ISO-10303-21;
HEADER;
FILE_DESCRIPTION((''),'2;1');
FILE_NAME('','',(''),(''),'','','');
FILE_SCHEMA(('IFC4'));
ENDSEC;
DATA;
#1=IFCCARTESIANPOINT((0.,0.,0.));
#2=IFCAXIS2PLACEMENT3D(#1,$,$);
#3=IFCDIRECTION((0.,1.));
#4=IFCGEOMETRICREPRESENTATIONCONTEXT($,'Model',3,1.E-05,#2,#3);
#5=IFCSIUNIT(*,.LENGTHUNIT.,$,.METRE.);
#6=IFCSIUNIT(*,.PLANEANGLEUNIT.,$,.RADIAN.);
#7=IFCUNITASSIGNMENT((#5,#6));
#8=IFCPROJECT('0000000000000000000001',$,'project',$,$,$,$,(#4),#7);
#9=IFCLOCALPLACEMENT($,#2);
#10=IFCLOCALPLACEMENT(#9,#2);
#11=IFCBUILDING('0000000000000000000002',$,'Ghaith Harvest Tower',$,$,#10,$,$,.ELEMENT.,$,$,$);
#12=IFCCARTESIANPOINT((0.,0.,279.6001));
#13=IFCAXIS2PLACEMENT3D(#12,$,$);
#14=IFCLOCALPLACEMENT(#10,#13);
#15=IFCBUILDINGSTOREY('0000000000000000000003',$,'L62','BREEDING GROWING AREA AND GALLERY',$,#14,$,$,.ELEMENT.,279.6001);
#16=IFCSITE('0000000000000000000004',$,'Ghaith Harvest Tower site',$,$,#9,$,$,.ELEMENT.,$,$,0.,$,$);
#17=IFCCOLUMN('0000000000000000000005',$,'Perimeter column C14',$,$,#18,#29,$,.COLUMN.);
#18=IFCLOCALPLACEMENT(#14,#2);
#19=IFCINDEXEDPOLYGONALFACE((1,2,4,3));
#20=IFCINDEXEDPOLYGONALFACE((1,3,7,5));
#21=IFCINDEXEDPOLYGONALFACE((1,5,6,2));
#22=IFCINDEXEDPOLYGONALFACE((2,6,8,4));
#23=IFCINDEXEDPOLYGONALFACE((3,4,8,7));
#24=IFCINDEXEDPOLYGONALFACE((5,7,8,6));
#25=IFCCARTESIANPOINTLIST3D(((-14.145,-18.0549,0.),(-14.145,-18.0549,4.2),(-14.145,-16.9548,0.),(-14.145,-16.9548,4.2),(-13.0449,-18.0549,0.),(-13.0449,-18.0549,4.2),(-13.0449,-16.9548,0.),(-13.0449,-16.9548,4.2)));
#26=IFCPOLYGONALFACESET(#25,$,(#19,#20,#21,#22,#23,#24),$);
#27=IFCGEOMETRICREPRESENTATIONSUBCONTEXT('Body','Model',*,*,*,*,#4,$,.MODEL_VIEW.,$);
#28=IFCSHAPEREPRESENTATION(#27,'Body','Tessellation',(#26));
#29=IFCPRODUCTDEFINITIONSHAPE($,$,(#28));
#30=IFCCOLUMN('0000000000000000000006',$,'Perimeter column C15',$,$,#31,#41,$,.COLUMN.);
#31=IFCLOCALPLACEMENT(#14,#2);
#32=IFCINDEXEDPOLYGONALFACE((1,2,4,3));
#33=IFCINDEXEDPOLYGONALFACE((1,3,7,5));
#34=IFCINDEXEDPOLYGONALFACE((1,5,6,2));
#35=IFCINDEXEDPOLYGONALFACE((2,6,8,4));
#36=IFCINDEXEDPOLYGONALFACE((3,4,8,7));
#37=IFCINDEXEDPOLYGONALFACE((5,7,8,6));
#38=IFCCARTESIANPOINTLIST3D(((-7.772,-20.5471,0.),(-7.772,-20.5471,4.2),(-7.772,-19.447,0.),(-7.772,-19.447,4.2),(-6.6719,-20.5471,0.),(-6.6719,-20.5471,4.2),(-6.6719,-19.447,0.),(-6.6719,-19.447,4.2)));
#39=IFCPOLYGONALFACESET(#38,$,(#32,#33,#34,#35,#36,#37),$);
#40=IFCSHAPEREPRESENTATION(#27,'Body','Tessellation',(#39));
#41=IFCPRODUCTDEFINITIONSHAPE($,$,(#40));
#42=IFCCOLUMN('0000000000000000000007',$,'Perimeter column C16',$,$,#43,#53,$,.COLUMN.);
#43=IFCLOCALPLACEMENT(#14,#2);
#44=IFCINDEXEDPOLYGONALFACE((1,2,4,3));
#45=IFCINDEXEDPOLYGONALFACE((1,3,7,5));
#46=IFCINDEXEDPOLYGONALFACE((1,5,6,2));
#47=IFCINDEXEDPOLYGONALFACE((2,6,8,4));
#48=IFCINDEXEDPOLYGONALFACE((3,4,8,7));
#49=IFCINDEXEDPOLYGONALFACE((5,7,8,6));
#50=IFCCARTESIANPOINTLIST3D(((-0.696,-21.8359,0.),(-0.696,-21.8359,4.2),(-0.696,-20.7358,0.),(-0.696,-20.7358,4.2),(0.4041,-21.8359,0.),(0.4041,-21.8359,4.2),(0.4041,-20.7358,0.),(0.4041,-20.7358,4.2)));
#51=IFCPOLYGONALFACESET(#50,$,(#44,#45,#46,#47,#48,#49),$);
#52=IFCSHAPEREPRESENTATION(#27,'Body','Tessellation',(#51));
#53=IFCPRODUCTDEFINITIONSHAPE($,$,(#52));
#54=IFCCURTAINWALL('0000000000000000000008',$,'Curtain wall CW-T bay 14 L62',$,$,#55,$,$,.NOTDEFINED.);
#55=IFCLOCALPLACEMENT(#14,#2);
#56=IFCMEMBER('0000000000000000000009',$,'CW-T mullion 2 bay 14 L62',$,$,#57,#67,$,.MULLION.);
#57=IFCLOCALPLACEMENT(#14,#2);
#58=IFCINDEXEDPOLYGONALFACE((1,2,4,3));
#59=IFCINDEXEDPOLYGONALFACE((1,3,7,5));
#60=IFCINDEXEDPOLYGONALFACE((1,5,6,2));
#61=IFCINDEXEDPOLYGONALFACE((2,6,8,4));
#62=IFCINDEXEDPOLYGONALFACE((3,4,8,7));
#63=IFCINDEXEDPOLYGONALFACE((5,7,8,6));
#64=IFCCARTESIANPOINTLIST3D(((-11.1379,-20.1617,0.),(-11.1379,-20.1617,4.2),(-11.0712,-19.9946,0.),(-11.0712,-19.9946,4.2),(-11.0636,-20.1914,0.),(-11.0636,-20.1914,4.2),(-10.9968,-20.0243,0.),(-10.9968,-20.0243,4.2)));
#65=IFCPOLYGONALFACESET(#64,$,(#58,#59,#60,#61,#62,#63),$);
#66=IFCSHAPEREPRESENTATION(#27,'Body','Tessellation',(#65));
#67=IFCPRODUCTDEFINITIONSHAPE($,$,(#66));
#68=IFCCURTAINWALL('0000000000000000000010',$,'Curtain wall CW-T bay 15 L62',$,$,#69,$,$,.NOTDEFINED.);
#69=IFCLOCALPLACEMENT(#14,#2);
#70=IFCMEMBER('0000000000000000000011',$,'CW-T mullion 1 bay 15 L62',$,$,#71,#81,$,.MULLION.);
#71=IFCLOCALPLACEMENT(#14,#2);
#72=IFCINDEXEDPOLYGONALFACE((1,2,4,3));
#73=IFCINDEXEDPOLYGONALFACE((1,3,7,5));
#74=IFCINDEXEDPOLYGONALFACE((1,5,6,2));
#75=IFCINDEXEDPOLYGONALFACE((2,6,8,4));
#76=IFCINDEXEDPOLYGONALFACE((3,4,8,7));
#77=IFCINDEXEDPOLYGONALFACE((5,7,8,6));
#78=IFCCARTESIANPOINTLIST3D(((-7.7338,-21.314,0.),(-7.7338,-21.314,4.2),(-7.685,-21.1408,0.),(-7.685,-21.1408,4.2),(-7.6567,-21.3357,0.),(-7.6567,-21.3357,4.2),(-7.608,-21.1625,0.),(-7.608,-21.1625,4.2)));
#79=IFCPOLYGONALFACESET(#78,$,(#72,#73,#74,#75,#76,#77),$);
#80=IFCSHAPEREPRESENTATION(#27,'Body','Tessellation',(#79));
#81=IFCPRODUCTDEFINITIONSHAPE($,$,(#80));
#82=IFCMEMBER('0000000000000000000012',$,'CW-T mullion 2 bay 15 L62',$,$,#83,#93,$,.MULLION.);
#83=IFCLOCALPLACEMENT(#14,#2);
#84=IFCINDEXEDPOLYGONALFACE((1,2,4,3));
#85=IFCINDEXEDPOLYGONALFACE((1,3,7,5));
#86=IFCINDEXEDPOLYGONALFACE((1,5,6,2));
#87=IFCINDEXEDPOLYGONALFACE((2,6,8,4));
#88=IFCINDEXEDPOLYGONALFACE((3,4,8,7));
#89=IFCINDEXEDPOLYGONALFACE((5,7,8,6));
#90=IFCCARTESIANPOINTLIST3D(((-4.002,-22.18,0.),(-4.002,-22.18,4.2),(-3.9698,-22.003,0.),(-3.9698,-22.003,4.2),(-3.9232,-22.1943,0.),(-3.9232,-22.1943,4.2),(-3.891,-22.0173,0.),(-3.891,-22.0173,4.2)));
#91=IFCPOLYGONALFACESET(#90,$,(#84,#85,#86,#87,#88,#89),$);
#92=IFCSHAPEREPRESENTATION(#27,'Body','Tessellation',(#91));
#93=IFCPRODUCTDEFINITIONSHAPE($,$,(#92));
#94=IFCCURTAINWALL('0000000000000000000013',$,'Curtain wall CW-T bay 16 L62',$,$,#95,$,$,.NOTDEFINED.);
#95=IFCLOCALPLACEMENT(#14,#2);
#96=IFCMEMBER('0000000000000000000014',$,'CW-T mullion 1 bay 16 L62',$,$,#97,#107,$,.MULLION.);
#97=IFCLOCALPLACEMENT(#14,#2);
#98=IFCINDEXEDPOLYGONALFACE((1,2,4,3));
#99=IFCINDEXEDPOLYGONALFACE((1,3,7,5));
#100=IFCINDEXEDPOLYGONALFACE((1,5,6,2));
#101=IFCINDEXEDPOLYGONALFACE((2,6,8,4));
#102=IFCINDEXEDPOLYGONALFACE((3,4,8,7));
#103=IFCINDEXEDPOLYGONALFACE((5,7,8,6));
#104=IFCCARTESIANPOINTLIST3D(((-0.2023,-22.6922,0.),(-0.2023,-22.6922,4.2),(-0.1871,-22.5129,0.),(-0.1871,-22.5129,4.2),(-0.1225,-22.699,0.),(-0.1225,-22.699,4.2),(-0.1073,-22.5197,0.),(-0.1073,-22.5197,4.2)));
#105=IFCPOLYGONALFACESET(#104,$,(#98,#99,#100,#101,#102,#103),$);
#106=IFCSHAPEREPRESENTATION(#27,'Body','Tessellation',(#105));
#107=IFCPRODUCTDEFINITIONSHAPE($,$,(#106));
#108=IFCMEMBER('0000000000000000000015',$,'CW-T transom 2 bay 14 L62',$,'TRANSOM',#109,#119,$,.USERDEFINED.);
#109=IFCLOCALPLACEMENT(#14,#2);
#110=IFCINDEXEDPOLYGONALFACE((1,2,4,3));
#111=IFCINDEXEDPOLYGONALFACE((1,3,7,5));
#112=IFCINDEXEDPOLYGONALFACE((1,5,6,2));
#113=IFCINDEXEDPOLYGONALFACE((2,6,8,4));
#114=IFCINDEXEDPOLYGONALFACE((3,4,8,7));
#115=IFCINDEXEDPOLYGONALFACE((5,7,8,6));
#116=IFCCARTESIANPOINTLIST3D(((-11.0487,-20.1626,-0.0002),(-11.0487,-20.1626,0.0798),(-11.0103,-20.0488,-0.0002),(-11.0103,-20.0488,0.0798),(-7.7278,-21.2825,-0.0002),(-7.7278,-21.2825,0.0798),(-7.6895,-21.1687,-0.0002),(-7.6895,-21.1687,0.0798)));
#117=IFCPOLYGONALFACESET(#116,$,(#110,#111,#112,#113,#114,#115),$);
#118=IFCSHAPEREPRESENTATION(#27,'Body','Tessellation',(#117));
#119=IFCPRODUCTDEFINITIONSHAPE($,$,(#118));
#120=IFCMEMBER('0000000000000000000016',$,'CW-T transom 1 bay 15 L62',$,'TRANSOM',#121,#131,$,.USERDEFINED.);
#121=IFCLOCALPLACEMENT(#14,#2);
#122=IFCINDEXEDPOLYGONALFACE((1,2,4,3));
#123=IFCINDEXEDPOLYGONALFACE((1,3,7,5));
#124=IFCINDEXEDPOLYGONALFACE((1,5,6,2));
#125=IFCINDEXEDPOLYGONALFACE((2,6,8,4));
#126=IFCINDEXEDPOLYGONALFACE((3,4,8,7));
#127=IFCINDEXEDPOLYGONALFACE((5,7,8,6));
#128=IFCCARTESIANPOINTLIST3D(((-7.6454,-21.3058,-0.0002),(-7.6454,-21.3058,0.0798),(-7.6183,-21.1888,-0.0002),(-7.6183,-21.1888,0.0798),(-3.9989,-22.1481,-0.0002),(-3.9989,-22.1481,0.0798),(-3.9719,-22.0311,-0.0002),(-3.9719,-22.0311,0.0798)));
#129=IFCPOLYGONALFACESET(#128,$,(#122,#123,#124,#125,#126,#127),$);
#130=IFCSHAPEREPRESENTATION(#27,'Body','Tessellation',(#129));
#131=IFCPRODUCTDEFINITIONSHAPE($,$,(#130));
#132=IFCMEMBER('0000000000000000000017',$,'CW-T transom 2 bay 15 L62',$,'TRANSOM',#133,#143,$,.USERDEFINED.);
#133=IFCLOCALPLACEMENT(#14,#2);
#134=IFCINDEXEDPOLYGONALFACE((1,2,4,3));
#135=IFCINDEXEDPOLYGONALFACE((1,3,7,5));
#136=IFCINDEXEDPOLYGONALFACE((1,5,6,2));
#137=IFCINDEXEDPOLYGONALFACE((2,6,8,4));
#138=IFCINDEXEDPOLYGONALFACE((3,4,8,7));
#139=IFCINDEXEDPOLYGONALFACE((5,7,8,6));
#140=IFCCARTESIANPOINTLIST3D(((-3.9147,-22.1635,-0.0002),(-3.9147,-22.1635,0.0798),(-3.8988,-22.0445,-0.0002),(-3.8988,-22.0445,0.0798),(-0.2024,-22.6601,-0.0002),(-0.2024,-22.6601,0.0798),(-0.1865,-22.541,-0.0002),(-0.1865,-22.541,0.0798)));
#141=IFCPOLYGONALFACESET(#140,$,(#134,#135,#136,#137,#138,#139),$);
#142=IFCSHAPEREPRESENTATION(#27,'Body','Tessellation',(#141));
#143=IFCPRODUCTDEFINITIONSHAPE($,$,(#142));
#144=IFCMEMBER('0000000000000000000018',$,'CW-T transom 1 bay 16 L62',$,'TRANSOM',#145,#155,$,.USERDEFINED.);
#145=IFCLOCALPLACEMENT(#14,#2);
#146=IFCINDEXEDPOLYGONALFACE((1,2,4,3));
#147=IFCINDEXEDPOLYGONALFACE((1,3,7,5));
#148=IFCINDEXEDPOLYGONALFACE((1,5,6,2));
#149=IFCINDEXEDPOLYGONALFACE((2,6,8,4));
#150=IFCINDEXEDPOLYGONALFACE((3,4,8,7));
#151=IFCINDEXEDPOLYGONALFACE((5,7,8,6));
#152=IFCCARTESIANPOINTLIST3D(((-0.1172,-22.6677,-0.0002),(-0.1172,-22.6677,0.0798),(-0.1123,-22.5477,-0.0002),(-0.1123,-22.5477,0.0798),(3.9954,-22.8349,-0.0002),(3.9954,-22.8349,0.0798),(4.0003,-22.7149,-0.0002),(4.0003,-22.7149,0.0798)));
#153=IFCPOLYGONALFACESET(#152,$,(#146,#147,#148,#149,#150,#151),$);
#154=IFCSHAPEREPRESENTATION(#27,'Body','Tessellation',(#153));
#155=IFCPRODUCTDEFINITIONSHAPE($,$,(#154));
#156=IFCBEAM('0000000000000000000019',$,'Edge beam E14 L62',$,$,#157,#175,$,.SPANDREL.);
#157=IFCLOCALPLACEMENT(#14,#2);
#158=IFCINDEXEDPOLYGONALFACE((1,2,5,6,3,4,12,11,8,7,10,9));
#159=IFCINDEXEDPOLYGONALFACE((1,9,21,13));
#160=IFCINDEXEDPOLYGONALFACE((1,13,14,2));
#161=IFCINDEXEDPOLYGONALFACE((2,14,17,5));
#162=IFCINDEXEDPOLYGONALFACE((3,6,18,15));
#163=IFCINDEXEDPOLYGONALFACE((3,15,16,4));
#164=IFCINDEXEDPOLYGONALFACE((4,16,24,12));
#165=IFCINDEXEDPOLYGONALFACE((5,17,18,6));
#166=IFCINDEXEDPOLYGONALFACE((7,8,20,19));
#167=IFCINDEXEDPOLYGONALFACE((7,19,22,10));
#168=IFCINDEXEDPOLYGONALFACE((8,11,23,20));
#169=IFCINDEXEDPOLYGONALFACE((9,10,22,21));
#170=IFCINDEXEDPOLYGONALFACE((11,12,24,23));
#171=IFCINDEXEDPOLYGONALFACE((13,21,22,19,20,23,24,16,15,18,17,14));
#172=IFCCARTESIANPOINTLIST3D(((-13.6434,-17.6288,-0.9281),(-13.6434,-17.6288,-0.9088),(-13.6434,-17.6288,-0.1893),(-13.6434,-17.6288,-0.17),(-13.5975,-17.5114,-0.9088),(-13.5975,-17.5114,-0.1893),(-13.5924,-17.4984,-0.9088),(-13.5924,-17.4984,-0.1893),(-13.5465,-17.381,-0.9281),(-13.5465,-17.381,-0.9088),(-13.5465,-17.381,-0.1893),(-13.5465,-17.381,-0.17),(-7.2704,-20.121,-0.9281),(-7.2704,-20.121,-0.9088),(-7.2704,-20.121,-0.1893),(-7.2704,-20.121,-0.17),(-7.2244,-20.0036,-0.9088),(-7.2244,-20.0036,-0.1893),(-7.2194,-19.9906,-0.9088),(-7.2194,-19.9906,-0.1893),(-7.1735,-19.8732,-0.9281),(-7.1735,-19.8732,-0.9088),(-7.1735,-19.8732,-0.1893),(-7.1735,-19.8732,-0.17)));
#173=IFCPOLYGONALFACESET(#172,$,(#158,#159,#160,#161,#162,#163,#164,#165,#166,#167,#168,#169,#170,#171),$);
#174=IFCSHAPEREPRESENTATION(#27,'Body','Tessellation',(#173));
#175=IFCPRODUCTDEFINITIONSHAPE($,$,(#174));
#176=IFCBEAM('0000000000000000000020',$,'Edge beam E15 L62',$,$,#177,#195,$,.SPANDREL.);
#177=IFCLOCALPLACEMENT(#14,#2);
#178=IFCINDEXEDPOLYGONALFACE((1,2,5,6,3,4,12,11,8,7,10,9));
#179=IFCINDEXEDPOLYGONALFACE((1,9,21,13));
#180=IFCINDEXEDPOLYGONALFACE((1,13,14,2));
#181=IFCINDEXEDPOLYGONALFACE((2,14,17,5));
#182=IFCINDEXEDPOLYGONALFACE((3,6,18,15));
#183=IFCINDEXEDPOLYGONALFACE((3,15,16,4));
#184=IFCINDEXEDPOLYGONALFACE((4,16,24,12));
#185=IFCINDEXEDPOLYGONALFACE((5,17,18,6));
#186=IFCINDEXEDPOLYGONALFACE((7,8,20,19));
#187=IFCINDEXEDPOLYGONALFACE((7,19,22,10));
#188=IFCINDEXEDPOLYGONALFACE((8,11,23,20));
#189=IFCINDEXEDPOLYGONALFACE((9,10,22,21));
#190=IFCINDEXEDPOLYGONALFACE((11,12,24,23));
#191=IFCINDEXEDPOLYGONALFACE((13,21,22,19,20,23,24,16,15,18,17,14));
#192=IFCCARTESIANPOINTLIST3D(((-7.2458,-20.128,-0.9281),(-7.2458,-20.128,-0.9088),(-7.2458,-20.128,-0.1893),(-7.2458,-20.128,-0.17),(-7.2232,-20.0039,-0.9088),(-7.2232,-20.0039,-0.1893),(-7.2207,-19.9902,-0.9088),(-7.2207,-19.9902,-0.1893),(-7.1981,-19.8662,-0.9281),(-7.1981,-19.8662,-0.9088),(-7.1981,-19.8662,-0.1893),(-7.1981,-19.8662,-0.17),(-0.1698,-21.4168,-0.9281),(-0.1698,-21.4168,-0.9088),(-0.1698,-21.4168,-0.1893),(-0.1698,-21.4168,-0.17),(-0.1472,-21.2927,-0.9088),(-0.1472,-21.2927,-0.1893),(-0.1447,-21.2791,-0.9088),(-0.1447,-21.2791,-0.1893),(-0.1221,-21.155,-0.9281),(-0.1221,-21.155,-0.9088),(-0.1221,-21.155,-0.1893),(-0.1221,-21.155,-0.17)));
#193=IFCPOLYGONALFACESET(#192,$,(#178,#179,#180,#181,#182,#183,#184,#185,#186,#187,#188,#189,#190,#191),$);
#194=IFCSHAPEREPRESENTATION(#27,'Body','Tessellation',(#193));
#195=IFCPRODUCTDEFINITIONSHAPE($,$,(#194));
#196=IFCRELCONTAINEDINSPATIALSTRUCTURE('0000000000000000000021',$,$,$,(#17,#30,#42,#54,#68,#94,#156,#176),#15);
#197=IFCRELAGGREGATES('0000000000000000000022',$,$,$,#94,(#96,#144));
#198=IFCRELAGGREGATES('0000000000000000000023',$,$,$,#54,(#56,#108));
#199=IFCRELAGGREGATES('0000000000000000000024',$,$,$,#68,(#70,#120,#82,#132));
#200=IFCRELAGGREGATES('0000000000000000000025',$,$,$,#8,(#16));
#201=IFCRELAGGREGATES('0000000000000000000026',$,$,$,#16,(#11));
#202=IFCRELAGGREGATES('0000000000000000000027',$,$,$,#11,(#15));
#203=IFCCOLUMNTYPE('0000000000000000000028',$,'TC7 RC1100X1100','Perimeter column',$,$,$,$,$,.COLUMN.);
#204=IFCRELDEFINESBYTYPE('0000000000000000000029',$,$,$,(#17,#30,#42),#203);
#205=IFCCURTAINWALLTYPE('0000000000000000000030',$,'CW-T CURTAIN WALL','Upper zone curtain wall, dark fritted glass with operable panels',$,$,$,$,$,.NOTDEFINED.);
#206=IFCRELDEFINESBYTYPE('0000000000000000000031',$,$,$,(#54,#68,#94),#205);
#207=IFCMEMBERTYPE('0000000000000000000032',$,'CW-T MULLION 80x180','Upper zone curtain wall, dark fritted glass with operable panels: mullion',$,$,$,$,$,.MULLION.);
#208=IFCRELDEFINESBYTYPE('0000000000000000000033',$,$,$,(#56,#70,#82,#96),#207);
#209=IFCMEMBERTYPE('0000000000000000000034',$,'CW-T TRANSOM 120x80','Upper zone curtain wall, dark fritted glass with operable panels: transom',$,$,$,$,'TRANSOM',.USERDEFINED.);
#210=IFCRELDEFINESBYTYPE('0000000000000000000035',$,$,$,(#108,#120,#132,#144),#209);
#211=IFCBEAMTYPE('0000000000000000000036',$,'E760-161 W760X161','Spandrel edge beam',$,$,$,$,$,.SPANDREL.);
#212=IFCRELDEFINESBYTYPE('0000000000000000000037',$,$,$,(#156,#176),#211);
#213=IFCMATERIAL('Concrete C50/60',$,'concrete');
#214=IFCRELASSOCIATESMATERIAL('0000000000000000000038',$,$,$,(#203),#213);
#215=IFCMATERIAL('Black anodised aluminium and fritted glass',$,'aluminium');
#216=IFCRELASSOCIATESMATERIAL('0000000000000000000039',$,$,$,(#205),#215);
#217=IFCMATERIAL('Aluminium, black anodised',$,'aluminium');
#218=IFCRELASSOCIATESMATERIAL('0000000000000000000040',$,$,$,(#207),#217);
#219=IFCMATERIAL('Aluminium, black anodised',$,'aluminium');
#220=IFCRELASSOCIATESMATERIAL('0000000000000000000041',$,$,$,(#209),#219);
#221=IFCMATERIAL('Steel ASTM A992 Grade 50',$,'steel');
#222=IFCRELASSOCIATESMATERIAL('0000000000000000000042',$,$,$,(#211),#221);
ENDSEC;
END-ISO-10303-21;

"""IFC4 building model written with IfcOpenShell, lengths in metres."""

from ifc_helpers import new_model, si_unit, direction, frame, origin, origin_2d, place, context, subcontext, project, spatial, rectangle, i_section, extrude, material, material_profile, profile_set, type_object, element, aggregate, save


model = new_model("IFC4")

# Units and contexts
model_context = context("Model", 3, precision=1e-05, world=origin(), true_north=direction((0.0, 1.0)))
body_context = subcontext(model_context, "Body", "Model", "MODEL_VIEW")
ifc_project = project(units=[si_unit("LENGTHUNIT", "METRE"), si_unit("PLANEANGLEUNIT", "RADIAN")], contexts=[model_context])

# Site, building, storey
site_placement = place(None, origin())
site = spatial("IfcSite", under=ifc_project, at=site_placement, Name="Ghaith Harvest Tower site", CompositionType="ELEMENT", RefElevation=0.0)
building_placement = place(site_placement, origin())
building = spatial("IfcBuilding", under=site, at=building_placement, Name="Ghaith Harvest Tower", CompositionType="ELEMENT")
storey_placement = place(building_placement, frame((0.0, 0.0, 279.6001)))
storey = spatial("IfcBuildingStorey", under=building, at=storey_placement, Name="L62", Description="BREEDING GROWING AREA AND GALLERY", CompositionType="ELEMENT", Elevation=279.6001)

# Columns
ifc_material_1 = material(Name="Concrete C50/60", Category="concrete")
ifc_material_profile_1 = material_profile(ifc_material_1, rectangle(XDim=1.1001, YDim=1.1001, at=origin_2d()), Name="RC1100X1100")
ifc_profile_set_1 = profile_set([ifc_material_profile_1], Name="Concrete C50/60")
column_type = type_object("IfcColumnType", Name="TC7 RC1100X1100", Description="Perimeter column", PredefinedType="COLUMN", material=ifc_profile_set_1)
for number, where, z_axis, x_axis, name in (
    (1, (-13.595, -17.5049, 0.0), (0.0, 0.0, 1.0), (1.0, 0.0, 0.0), "Perimeter column C14"),
    (2, (-7.2219, -19.9971, 0.0), (0.0, 0.0, 1.0), (1.0, 0.0, 0.0), "Perimeter column C15"),
    (3, (-0.146, -21.2859, 0.0), (0.0, 0.0, 1.0), (1.0, 0.0, 0.0), "Perimeter column C16"),
):
    element("IfcColumn", number, at=place(storey_placement, frame(where, z_axis=z_axis, x_axis=x_axis)), inside=storey, type_object=column_type, Name=name, PredefinedType="COLUMN", context=body_context, shape_type="SweptSolid", body=[
        extrude(rectangle(XDim=1.1001, YDim=1.1001, at=origin_2d()), origin(), (0.0, 0.0, 1.0), 4.2),
    ])

# Curtain wall, member
ifc_material_2 = material(Name="Black anodised aluminium and fritted glass", Category="aluminium")
curtain_wall_type = type_object("IfcCurtainWallType", Name="CW-T CURTAIN WALL", Description="Upper zone curtain wall, dark fritted glass with operable panels", PredefinedType="NOTDEFINED", material=ifc_material_2)
curtain_wall_1_placement = place(storey_placement, origin())
curtain_wall_1 = element("IfcCurtainWall", 4, at=curtain_wall_1_placement, inside=storey, type_object=curtain_wall_type, Name="Curtain wall CW-T bay 14 L62", PredefinedType="NOTDEFINED")
ifc_material_3 = material(Name="Aluminium, black anodised", Category="aluminium")
ifc_material_profile_2 = material_profile(ifc_material_3, rectangle(XDim=0.0801, YDim=0.1799, at=origin_2d()), Name="CW-T MULLION 80x180")
ifc_profile_set_2 = profile_set([ifc_material_profile_2], Name="Aluminium, black anodised")
member_type_1 = type_object("IfcMemberType", Name="CW-T MULLION 80x180", Description="Upper zone curtain wall, dark fritted glass with operable panels: mullion", PredefinedType="MULLION", material=ifc_profile_set_2)
member_1_placement = place(storey_placement, frame((-11.0674, -20.093, 0.0), z_axis=(0.0, 0.0, 1.0), x_axis=(0.928624, -0.371021, 0.0)))
member_1 = element("IfcMember", 5, at=member_1_placement, type_object=member_type_1, Name="CW-T mullion 2 bay 14 L62", PredefinedType="MULLION", context=body_context, shape_type="SweptSolid", body=[
    extrude(rectangle(XDim=0.0801, YDim=0.1799, at=origin_2d()), origin(), (0.0, 0.0, 1.0), 4.2),
])

# Curtain wall, members
curtain_wall_2_placement = place(storey_placement, origin())
curtain_wall_2 = element("IfcCurtainWall", 6, at=curtain_wall_2_placement, inside=storey, type_object=curtain_wall_type, Name="Curtain wall CW-T bay 15 L62", PredefinedType="NOTDEFINED")
member_2_placement = place(storey_placement, frame((-7.6709, -21.2383, 0.0), z_axis=(0.0, 0.0, 1.0), x_axis=(0.962552, -0.271095, 0.0)))
member_2 = element("IfcMember", 7, at=member_2_placement, type_object=member_type_1, Name="CW-T mullion 1 bay 15 L62", PredefinedType="MULLION", context=body_context, shape_type="SweptSolid", body=[
    extrude(rectangle(XDim=0.0801, YDim=0.1799, at=origin_2d()), origin(), (0.0, 0.0, 1.0), 4.2),
])
member_3_placement = place(storey_placement, frame((-3.9465, -22.0986, 0.0), z_axis=(0.0, 0.0, 1.0), x_axis=(0.983843, -0.179031, 0.0)))
member_3 = element("IfcMember", 8, at=member_3_placement, type_object=member_type_1, Name="CW-T mullion 2 bay 15 L62", PredefinedType="MULLION", context=body_context, shape_type="SweptSolid", body=[
    extrude(rectangle(XDim=0.0801, YDim=0.1799, at=origin_2d()), origin(), (0.0, 0.0, 1.0), 4.2),
])

# Curtain wall, member
curtain_wall_3_placement = place(storey_placement, origin())
curtain_wall_3 = element("IfcCurtainWall", 9, at=curtain_wall_3_placement, inside=storey, type_object=curtain_wall_type, Name="Curtain wall CW-T bay 16 L62", PredefinedType="NOTDEFINED")
member_4_placement = place(storey_placement, frame((-0.1548, -22.606, 0.0), z_axis=(0.0, 0.0, 1.0), x_axis=(0.996415, -0.084602, 0.0)))
member_4 = element("IfcMember", 10, at=member_4_placement, type_object=member_type_1, Name="CW-T mullion 1 bay 16 L62", PredefinedType="MULLION", context=body_context, shape_type="SweptSolid", body=[
    extrude(rectangle(XDim=0.0801, YDim=0.1799, at=origin_2d()), origin(), (0.0, 0.0, 1.0), 4.2),
])

# Members
ifc_material_4 = material(Name="Aluminium, black anodised", Category="aluminium")
ifc_material_profile_3 = material_profile(ifc_material_4, rectangle(XDim=0.1201, YDim=0.0801, at=origin_2d()), Name="CW-T TRANSOM 120x80")
ifc_profile_set_3 = profile_set([ifc_material_profile_3], Name="Aluminium, black anodised")
member_type_2 = type_object("IfcMemberType", Name="CW-T TRANSOM 120x80", Description="Upper zone curtain wall, dark fritted glass with operable panels: transom", ElementType="TRANSOM", PredefinedType="USERDEFINED", material=ifc_profile_set_3)
member_5_placement = place(storey_placement, frame((-11.0295, -20.1057, 0.0398), z_axis=(0.94757, -0.319549, 0.0), x_axis=(0.319549, 0.94757, 0.0)))
member_5 = element("IfcMember", 11, at=member_5_placement, type_object=member_type_2, Name="CW-T transom 2 bay 14 L62", ObjectType="TRANSOM", PredefinedType="USERDEFINED", context=body_context, shape_type="SweptSolid", body=[
    extrude(rectangle(XDim=0.1201, YDim=0.0801, at=origin_2d()), origin(), (0.0, 0.0, 1.0), 3.5046),
])
member_6_placement = place(storey_placement, frame((-7.6318, -21.2473, 0.0398), z_axis=(0.974345, -0.22506, 0.0), x_axis=(0.22506, 0.974345, 0.0)))
member_6 = element("IfcMember", 12, at=member_6_placement, type_object=member_type_2, Name="CW-T transom 1 bay 15 L62", ObjectType="TRANSOM", PredefinedType="USERDEFINED", context=body_context, shape_type="SweptSolid", body=[
    extrude(rectangle(XDim=0.1201, YDim=0.0801, at=origin_2d()), origin(), (0.0, 0.0, 1.0), 3.7424),
])
member_7_placement = place(storey_placement, frame((-3.9067, -22.104, 0.0398), z_axis=(0.991172, -0.132582, 0.0), x_axis=(0.132582, 0.991172, 0.0)))
member_7 = element("IfcMember", 13, at=member_7_placement, type_object=member_type_2, Name="CW-T transom 2 bay 15 L62", ObjectType="TRANSOM", PredefinedType="USERDEFINED", context=body_context, shape_type="SweptSolid", body=[
    extrude(rectangle(XDim=0.1201, YDim=0.0801, at=origin_2d()), origin(), (0.0, 0.0, 1.0), 3.7454),
])
member_8_placement = place(storey_placement, frame((-0.1147, -22.6077, 0.0398), z_axis=(0.999174, -0.040631, 0.0), x_axis=(0.040631, 0.999174, 0.0)))
member_8 = element("IfcMember", 14, at=member_8_placement, type_object=member_type_2, Name="CW-T transom 1 bay 16 L62", ObjectType="TRANSOM", PredefinedType="USERDEFINED", context=body_context, shape_type="SweptSolid", body=[
    extrude(rectangle(XDim=0.1201, YDim=0.0801, at=origin_2d()), origin(), (0.0, 0.0, 1.0), 4.116),
])
aggregate(curtain_wall_3, [member_4, member_8])

# Beams
ifc_material_5 = material(Name="Steel ASTM A992 Grade 50", Category="steel")
ifc_material_profile_4 = material_profile(ifc_material_5, i_section(OverallWidth=0.2661, OverallDepth=0.7581, WebThickness=0.0139, FlangeThickness=0.0193, at=origin_2d()), Name="W760X161")
ifc_profile_set_4 = profile_set([ifc_material_profile_4], Name="Steel ASTM A992 Grade 50")
beam_type_1 = type_object("IfcBeamType", Name="E760-161 W760X161", Description="Spandrel edge beam", PredefinedType="SPANDREL", material=ifc_profile_set_4)
beam_1_placement = place(storey_placement, frame((-13.595, -17.5049, -0.5491), z_axis=(0.931323, -0.364195, 0.0), x_axis=(0.364195, 0.931323, 0.0)))
element("IfcBeam", 15, at=beam_1_placement, inside=storey, type_object=beam_type_1, Name="Edge beam E14 L62", PredefinedType="SPANDREL", context=body_context, shape_type="SweptSolid", body=[
    extrude(i_section(OverallWidth=0.2661, OverallDepth=0.7581, WebThickness=0.0139, FlangeThickness=0.0193, at=origin_2d()), origin(), (0.0, 0.0, 1.0), 6.843),
])
beam_2_placement = place(storey_placement, frame((-7.2219, -19.9971, -0.5491), z_axis=(0.983814, -0.179193, 0.0), x_axis=(0.179193, 0.983814, 0.0)))
element("IfcBeam", 16, at=beam_2_placement, inside=storey, type_object=beam_type_1, Name="Edge beam E15 L62", PredefinedType="SPANDREL", context=body_context, shape_type="SweptSolid", body=[
    extrude(i_section(OverallWidth=0.2661, OverallDepth=0.7581, WebThickness=0.0139, FlangeThickness=0.0193, at=origin_2d()), origin(), (0.0, 0.0, 1.0), 7.1924),
])

aggregate(curtain_wall_1, [member_1, member_5])
aggregate(curtain_wall_2, [member_2, member_6, member_3, member_7])

save(model, "model.ifc")
